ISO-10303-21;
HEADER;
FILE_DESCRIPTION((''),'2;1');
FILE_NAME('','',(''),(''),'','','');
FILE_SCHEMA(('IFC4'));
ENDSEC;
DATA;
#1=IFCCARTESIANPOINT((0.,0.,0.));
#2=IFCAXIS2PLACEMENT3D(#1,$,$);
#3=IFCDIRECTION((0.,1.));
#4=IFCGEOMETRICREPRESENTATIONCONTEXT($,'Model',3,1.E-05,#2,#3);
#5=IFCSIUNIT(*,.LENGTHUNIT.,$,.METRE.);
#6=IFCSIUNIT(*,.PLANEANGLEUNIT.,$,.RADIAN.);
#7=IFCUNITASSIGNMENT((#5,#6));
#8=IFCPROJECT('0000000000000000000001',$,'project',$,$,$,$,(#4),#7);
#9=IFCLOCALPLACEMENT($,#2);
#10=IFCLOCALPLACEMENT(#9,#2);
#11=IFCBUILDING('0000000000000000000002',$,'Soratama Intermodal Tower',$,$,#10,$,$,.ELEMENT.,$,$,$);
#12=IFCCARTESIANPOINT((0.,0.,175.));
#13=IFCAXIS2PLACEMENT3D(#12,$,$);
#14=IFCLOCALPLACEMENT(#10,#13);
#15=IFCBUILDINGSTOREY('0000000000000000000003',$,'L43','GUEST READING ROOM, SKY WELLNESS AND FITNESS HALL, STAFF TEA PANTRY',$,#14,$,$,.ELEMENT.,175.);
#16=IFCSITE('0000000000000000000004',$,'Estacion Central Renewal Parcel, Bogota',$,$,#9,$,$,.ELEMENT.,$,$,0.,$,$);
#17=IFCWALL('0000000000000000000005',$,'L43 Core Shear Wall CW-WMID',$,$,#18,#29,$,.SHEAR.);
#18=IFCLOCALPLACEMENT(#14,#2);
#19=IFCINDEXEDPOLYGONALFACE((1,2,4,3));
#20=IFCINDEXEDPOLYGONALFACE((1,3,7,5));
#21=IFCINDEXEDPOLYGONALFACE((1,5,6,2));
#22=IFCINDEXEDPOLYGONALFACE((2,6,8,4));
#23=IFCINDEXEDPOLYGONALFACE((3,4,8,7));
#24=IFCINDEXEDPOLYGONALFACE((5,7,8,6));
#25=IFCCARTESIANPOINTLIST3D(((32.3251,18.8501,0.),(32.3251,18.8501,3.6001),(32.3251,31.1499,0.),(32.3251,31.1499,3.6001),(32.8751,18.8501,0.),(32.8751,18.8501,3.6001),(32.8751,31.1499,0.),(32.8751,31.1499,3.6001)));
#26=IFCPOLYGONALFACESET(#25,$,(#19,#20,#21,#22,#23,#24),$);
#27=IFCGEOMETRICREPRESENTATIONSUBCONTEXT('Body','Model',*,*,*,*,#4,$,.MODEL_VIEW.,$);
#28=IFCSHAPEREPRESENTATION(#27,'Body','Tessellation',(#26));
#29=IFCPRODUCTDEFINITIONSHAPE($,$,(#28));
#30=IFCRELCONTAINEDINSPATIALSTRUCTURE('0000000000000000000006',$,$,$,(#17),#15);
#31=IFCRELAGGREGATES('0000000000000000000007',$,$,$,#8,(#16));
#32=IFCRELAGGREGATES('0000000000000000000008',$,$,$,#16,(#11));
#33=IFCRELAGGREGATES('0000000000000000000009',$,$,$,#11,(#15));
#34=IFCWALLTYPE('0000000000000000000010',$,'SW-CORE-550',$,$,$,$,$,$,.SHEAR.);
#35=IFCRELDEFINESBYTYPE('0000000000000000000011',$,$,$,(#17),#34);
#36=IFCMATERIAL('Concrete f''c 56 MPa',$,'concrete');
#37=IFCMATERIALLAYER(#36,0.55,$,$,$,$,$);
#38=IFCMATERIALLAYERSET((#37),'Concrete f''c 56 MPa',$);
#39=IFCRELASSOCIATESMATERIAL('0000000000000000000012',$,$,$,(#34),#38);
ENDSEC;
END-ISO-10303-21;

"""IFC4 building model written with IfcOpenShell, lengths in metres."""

from ifc_helpers import new_model, si_unit, direction, frame, frame_2d, origin, place, context, subcontext, project, spatial, rectangle, extrude, material, layer, layer_set, type_object, element, save


model = new_model("IFC4")

# Units and contexts
model_context = context("Model", 3, precision=1e-05, world=origin(), true_north=direction((0.0, 1.0)))
body_context = subcontext(model_context, "Body", "Model", "MODEL_VIEW")
ifc_project = project(units=[si_unit("LENGTHUNIT", "METRE"), si_unit("PLANEANGLEUNIT", "RADIAN")], contexts=[model_context])

# Site, building, storey
site_placement = place(None, origin())
site = spatial("IfcSite", under=ifc_project, at=site_placement, Name="Estacion Central Renewal Parcel, Bogota", CompositionType="ELEMENT", RefElevation=0.0)
building_placement = place(site_placement, origin())
building = spatial("IfcBuilding", under=site, at=building_placement, Name="Soratama Intermodal Tower", CompositionType="ELEMENT")
storey_placement = place(building_placement, frame((0.0, 0.0, 175.0)))
storey = spatial("IfcBuildingStorey", under=building, at=storey_placement, Name="L43", Description="GUEST READING ROOM, SKY WELLNESS AND FITNESS HALL, STAFF TEA PANTRY", CompositionType="ELEMENT", Elevation=175.0)

# Wall
ifc_material_1 = material(Name="Concrete f'c 56 MPa", Category="concrete")
ifc_layer_1 = layer(ifc_material_1, 0.55)
ifc_layer_set_1 = layer_set([ifc_layer_1], Name="Concrete f'c 56 MPa")
wall_type_1 = type_object("IfcWallType", Name="SW-CORE-550", PredefinedType="SHEAR", material=ifc_layer_set_1)
wall_1_placement = place(storey_placement, frame((32.6001, 18.8501, 0.0), z_axis=(0.0, 0.0, 1.0), x_axis=(0.0, 1.0, 0.0)))
element("IfcWall", 1, at=wall_1_placement, inside=storey, type_object=wall_type_1, Name="L43 Core Shear Wall CW-WMID", PredefinedType="SHEAR", context=body_context, shape_type="SweptSolid", body=[
    extrude(rectangle(XDim=12.2998, YDim=0.55, at=frame_2d((6.1499, 0.0))), origin(), (0.0, 0.0, 1.0), 3.6001),
])

save(model, "model.ifc")
